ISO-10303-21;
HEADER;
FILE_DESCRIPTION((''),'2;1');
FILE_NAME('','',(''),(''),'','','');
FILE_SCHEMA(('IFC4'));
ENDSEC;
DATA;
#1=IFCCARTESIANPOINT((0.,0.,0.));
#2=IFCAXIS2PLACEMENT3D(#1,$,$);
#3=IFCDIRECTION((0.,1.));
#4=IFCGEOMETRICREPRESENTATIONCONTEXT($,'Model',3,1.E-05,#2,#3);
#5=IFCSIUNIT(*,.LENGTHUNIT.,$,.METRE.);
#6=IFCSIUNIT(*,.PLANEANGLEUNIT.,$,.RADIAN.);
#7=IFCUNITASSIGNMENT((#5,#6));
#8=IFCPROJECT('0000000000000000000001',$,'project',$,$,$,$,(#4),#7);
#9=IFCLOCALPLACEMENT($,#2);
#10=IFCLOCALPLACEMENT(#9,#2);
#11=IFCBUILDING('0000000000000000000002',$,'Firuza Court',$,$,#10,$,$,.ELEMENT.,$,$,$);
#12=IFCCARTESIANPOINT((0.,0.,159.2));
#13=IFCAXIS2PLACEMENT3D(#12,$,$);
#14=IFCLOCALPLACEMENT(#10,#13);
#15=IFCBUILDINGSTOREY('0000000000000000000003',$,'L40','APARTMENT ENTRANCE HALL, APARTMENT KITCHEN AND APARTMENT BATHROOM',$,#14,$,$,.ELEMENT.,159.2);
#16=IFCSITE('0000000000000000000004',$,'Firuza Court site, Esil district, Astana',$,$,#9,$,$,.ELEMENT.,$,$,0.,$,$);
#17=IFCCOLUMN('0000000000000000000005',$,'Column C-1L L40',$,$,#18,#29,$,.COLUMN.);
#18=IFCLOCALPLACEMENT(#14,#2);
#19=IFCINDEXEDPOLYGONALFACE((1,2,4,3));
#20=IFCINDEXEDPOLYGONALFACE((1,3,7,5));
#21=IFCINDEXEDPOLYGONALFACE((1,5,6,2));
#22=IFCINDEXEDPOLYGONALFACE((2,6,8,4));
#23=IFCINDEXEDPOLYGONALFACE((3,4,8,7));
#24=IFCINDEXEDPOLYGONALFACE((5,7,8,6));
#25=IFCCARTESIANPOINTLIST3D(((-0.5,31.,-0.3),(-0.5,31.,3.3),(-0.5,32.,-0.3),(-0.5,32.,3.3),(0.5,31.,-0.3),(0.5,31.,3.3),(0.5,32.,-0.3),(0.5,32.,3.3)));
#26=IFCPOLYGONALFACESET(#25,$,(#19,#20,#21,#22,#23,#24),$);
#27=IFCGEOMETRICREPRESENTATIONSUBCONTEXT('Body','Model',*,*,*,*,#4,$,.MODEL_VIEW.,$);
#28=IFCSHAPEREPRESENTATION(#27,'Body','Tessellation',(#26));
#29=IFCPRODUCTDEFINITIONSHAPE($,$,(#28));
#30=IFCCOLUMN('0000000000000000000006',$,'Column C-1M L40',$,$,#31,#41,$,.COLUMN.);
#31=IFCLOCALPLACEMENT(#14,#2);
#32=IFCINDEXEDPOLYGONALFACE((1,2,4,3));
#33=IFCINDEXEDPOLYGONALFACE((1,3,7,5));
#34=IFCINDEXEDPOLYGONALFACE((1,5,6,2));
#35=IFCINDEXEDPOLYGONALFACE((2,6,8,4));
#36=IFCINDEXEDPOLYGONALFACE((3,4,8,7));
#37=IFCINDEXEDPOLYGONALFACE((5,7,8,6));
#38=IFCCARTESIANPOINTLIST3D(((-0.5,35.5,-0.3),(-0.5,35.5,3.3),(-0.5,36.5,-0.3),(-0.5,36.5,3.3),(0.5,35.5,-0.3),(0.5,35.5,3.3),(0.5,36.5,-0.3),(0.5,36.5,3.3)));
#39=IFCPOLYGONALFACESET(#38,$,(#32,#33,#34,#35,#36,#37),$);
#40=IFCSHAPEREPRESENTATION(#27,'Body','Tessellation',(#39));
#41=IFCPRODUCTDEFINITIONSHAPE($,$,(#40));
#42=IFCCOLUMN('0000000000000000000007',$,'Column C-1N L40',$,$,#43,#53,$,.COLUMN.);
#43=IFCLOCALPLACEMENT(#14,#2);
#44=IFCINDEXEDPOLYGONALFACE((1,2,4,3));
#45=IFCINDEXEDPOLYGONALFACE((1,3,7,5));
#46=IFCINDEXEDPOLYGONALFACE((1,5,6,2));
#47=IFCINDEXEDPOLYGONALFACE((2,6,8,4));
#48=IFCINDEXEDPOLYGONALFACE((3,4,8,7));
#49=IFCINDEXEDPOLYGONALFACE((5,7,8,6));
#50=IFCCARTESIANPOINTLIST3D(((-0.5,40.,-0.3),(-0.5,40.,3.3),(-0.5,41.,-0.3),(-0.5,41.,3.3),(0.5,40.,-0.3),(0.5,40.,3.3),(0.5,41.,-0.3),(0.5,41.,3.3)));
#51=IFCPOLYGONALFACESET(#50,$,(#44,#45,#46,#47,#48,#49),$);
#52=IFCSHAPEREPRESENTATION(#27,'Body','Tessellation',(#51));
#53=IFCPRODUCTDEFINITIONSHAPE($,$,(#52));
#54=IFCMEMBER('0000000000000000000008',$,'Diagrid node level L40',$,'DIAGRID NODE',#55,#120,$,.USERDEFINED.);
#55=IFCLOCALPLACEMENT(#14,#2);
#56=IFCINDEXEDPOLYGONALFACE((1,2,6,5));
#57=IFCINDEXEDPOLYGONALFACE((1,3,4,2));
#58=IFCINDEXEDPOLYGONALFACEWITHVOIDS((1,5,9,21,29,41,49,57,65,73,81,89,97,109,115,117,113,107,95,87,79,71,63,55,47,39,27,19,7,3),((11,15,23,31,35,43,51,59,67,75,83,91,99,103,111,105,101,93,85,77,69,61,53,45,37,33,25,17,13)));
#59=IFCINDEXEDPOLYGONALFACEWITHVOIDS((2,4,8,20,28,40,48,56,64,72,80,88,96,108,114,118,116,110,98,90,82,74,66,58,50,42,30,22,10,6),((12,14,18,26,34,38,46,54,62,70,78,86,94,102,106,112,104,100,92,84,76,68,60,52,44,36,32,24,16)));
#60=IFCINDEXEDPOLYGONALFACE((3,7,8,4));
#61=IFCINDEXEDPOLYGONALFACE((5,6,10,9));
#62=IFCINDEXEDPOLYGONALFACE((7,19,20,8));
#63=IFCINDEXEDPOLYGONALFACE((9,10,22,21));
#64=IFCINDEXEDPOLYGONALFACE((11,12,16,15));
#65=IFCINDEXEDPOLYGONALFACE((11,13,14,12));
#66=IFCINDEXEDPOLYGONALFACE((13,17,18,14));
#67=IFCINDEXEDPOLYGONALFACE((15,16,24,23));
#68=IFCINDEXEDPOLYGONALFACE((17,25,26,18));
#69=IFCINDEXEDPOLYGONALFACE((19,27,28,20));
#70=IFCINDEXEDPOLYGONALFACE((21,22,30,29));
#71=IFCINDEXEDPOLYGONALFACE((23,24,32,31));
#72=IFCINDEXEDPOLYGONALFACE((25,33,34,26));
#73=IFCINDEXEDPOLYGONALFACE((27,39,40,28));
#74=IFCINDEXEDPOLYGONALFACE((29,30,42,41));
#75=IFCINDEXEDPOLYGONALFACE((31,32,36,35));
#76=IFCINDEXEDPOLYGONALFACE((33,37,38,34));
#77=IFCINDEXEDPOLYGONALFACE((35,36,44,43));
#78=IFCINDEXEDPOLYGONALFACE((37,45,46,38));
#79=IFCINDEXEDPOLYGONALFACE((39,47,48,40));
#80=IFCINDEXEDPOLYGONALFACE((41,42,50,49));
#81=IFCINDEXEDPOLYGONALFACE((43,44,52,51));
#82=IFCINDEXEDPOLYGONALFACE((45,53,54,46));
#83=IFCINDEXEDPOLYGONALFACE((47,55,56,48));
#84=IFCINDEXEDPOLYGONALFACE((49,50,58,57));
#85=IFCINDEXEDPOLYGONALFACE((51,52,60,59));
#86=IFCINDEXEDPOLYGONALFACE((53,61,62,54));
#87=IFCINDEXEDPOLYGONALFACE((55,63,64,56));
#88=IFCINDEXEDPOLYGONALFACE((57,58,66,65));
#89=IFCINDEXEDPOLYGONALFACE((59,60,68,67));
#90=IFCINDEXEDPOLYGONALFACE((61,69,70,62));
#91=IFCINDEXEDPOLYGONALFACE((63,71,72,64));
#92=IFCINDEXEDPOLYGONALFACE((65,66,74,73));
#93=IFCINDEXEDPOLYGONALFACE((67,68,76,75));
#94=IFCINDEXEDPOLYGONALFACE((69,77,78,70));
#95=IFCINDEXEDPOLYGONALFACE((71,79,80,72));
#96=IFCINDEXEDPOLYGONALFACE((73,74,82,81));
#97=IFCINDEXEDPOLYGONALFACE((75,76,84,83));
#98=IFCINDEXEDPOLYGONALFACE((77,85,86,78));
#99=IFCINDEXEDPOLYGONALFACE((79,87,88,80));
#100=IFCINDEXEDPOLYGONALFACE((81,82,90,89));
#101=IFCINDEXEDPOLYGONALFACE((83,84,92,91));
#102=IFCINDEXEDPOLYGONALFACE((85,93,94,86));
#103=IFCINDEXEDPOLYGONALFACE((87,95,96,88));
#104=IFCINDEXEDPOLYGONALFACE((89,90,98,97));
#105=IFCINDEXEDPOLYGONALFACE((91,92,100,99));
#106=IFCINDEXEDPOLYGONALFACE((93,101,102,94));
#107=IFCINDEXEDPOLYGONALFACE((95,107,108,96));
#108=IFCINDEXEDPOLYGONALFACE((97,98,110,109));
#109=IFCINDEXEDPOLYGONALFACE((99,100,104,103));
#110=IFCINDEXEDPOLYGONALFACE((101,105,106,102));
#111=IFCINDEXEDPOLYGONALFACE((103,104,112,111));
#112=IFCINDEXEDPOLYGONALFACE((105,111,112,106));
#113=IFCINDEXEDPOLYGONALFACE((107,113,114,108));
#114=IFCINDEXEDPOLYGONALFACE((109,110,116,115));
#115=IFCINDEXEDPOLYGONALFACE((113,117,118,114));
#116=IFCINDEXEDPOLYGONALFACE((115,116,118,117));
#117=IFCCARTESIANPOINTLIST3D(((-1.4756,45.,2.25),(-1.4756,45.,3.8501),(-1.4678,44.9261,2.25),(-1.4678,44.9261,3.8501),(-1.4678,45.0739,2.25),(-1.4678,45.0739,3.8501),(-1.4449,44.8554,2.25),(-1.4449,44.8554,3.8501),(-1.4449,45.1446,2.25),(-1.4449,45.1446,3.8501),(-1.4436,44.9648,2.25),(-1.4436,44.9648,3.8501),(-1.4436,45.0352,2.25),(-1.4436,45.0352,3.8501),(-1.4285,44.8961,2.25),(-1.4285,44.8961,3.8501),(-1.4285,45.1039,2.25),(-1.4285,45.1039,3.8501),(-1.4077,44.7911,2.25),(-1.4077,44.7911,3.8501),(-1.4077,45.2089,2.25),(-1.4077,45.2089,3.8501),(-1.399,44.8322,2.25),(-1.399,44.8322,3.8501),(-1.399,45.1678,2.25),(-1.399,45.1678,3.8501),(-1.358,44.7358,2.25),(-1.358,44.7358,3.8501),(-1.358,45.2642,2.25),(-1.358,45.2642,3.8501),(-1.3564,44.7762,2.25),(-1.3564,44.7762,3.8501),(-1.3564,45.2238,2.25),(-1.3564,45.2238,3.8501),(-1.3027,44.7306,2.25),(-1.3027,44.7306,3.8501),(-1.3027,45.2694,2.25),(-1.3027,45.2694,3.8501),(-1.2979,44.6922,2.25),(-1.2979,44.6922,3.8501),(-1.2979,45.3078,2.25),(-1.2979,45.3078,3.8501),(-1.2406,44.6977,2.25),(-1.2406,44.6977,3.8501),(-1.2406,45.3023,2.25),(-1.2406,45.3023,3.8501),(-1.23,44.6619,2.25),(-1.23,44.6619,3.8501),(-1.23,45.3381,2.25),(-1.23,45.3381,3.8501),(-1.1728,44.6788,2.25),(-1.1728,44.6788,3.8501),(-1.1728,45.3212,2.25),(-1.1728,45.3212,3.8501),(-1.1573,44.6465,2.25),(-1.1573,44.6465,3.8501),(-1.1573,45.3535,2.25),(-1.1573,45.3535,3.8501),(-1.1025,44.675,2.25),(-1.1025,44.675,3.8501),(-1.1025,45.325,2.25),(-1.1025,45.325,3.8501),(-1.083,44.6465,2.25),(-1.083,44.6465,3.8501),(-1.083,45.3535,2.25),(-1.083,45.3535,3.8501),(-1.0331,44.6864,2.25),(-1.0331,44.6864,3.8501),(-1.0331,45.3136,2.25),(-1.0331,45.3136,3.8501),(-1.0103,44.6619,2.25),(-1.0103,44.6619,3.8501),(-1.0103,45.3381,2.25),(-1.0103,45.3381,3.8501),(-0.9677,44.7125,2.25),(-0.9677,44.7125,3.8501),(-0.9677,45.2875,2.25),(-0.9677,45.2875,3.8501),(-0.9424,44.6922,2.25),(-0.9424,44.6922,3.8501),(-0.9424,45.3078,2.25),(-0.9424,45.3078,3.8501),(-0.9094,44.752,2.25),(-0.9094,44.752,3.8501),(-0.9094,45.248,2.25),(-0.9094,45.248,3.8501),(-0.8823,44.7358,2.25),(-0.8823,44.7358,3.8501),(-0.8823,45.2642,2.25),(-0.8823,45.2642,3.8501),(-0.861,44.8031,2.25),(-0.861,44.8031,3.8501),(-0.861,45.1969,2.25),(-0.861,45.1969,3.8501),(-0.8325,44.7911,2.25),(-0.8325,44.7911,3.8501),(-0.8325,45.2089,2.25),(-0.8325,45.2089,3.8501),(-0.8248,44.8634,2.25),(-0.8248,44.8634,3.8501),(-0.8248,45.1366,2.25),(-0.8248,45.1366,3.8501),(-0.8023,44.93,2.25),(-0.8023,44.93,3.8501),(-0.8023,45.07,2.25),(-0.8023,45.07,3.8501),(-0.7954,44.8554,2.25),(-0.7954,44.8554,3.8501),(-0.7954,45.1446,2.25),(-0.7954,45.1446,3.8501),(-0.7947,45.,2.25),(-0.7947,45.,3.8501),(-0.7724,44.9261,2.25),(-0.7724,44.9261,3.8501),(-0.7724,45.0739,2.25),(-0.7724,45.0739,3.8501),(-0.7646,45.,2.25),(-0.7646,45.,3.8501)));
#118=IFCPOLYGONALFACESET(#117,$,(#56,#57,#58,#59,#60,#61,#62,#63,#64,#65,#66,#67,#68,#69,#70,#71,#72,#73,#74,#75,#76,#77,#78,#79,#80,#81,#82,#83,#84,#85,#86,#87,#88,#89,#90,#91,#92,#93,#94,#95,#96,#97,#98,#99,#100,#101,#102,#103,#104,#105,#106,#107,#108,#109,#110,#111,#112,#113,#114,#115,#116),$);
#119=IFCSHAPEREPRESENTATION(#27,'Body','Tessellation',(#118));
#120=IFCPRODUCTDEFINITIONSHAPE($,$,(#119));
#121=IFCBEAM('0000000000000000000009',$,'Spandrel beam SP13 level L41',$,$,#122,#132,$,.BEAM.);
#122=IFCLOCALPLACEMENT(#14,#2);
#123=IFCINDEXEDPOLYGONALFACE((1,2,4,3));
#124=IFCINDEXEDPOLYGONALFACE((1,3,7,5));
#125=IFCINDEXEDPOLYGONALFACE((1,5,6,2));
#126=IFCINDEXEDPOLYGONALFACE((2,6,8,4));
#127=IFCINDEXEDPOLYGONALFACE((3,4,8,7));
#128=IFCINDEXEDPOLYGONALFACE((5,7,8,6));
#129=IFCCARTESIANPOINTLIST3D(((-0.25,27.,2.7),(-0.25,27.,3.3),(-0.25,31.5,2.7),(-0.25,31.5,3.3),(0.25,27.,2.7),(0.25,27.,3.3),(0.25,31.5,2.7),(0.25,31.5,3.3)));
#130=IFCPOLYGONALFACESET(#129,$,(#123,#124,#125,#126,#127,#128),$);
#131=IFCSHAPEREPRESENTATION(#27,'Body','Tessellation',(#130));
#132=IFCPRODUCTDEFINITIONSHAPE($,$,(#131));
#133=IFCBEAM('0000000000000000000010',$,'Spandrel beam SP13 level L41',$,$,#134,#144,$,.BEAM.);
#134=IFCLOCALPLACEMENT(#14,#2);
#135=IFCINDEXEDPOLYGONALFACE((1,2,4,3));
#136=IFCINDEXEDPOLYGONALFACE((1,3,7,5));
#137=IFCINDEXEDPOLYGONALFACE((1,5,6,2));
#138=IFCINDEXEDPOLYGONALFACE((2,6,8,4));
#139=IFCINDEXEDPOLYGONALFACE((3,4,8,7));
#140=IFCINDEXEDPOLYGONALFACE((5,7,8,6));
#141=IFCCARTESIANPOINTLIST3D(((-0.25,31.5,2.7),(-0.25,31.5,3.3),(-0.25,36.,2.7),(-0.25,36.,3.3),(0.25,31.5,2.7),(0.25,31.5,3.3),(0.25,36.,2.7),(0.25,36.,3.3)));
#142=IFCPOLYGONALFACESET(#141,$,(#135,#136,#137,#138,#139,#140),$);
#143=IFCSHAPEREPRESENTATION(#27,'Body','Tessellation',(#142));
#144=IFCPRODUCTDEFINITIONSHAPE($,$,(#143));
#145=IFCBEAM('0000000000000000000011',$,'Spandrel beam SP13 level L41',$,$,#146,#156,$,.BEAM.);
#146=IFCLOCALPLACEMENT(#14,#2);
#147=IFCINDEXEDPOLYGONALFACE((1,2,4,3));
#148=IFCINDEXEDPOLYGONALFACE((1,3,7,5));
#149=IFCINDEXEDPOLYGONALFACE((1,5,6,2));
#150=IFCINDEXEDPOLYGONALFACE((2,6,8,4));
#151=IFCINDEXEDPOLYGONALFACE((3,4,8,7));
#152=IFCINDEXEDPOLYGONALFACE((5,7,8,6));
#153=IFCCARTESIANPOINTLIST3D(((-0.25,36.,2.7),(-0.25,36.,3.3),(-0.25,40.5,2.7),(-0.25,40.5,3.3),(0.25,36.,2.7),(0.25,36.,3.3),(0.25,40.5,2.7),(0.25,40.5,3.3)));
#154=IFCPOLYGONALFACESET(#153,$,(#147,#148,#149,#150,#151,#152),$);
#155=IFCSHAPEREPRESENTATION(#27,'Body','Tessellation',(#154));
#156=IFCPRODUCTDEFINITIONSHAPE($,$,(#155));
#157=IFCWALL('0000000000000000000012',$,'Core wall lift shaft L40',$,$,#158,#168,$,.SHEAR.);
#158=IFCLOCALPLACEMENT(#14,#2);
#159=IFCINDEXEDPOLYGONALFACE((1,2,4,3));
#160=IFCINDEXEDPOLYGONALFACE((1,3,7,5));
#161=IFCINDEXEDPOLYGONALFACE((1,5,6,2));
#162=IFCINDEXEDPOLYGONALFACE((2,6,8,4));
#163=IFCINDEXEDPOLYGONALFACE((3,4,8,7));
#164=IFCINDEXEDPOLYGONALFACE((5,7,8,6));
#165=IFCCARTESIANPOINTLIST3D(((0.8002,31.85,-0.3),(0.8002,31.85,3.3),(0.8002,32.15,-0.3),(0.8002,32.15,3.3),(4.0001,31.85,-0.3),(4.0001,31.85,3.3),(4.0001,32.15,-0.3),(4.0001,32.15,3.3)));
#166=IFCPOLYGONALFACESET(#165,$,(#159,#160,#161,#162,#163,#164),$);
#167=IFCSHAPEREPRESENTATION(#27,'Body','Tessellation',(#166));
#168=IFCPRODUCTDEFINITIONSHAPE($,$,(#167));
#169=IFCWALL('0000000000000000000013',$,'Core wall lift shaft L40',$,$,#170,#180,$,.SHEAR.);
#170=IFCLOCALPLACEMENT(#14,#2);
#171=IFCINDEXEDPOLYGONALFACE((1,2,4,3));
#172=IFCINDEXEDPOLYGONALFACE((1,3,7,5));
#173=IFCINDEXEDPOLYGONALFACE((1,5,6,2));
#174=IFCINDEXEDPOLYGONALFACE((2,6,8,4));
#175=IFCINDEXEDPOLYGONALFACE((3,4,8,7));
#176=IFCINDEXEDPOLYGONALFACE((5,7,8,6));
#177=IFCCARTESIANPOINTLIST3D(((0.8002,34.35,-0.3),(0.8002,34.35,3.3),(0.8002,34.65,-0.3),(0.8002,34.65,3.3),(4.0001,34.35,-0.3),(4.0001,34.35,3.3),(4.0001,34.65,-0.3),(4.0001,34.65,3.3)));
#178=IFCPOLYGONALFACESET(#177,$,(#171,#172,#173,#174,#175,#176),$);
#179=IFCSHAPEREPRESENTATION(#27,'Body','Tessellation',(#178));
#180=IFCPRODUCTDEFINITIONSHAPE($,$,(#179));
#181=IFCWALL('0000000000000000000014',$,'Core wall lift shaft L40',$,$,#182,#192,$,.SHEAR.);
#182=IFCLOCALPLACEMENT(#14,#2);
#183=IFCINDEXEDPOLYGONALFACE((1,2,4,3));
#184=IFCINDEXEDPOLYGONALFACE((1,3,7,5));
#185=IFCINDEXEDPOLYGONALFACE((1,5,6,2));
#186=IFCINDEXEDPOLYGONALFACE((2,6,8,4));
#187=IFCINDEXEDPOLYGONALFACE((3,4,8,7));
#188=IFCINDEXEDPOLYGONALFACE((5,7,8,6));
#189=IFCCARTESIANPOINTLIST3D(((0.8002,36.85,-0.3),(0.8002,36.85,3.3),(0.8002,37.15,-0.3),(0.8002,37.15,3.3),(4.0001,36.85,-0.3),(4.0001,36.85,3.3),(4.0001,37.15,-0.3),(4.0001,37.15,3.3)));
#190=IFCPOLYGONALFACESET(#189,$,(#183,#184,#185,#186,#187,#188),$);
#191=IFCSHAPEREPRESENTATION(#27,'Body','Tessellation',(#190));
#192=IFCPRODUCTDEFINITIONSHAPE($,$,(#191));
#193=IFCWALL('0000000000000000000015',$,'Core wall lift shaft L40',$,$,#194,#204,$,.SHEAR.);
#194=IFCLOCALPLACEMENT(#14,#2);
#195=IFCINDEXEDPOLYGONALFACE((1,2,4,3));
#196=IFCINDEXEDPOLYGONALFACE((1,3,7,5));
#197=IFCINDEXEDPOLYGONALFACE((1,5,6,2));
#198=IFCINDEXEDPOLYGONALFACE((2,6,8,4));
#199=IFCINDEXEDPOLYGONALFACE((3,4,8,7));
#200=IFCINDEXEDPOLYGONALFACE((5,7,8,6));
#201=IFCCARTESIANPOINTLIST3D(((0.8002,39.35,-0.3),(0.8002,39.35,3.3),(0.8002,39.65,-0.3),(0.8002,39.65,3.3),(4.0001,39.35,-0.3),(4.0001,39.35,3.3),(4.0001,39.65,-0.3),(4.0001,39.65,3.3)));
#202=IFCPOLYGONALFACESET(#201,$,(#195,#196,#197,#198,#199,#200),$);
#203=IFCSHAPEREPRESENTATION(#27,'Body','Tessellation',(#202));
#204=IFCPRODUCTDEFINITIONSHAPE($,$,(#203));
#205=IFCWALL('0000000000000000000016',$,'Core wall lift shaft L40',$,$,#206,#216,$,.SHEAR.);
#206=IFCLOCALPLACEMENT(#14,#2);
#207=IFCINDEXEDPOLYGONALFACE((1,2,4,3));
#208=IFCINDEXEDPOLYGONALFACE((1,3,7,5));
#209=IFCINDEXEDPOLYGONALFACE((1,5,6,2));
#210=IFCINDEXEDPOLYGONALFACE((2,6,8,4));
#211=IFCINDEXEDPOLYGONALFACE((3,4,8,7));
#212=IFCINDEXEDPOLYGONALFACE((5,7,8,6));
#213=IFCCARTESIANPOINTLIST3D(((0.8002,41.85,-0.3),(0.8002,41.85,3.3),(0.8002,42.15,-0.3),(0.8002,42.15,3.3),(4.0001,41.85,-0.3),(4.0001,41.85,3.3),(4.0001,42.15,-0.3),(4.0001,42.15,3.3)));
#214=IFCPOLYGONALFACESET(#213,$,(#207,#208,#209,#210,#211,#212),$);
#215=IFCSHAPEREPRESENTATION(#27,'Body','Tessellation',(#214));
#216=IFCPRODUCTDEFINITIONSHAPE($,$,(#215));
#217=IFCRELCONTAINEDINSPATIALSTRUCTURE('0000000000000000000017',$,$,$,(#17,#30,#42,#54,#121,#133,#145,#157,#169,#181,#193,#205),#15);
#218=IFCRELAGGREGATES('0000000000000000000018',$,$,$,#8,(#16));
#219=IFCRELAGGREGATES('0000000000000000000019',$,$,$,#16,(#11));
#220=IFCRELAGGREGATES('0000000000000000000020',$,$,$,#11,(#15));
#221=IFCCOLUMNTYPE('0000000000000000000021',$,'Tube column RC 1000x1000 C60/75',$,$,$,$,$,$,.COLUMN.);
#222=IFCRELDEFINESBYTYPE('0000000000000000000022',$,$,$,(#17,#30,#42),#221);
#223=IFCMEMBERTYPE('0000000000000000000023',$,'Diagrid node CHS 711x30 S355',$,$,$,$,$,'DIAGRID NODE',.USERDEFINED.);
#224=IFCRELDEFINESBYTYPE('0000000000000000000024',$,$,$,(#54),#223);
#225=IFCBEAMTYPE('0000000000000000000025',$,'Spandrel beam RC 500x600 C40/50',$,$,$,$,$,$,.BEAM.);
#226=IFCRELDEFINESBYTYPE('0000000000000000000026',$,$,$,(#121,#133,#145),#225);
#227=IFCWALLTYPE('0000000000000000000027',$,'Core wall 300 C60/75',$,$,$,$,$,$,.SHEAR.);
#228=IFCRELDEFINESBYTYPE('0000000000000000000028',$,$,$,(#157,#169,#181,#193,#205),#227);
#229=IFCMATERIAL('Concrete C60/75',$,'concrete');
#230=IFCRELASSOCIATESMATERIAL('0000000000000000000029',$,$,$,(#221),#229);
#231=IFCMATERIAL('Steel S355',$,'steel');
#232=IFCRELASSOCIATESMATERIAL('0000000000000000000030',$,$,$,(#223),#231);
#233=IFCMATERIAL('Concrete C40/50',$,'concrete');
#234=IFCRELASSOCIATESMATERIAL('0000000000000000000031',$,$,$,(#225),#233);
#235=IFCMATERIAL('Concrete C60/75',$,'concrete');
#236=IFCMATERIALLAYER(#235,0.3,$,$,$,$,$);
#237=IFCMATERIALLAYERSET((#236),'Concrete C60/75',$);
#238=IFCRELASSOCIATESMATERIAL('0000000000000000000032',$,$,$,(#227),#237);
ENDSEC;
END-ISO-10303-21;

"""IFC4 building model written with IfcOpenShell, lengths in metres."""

from ifc_helpers import new_model, si_unit, direction, frame, frame_2d, origin, origin_2d, place, context, subcontext, project, spatial, rectangle, hollow_circle, extrude, material, layer, layer_set, material_profile, profile_set, type_object, element, save


model = new_model("IFC4")

# Units and contexts
model_context = context("Model", 3, precision=1e-05, world=origin(), true_north=direction((0.0, 1.0)))
body_context = subcontext(model_context, "Body", "Model", "MODEL_VIEW")
ifc_project = project(units=[si_unit("LENGTHUNIT", "METRE"), si_unit("PLANEANGLEUNIT", "RADIAN")], contexts=[model_context])

# Site, building, storey
site_placement = place(None, origin())
site = spatial("IfcSite", under=ifc_project, at=site_placement, Name="Firuza Court site, Esil district, Astana", CompositionType="ELEMENT", RefElevation=0.0)
building_placement = place(site_placement, origin())
building = spatial("IfcBuilding", under=site, at=building_placement, Name="Firuza Court", CompositionType="ELEMENT")
storey_placement = place(building_placement, frame((0.0, 0.0, 159.2)))
storey = spatial("IfcBuildingStorey", under=building, at=storey_placement, Name="L40", Description="APARTMENT ENTRANCE HALL, APARTMENT KITCHEN AND APARTMENT BATHROOM", CompositionType="ELEMENT", Elevation=159.2)

# Columns
ifc_material_1 = material(Name="Concrete C60/75", Category="concrete")
ifc_material_profile_1 = material_profile(ifc_material_1, rectangle(XDim=1.0, YDim=1.0, at=origin_2d()), Name="RC 1000x1000")
ifc_profile_set_1 = profile_set([ifc_material_profile_1], Name="Concrete C60/75")
column_type = type_object("IfcColumnType", Name="Tube column RC 1000x1000 C60/75", PredefinedType="COLUMN", material=ifc_profile_set_1)
for number, where, z_axis, x_axis, name in (
    (1, (0.0, 31.5, -0.3), (0.0, 0.0, 1.0), (1.0, 0.0, 0.0), "Column C-1L L40"),
    (2, (0.0, 36.0, -0.3), (0.0, 0.0, 1.0), (1.0, 0.0, 0.0), "Column C-1M L40"),
    (3, (0.0, 40.5, -0.3), (0.0, 0.0, 1.0), (1.0, 0.0, 0.0), "Column C-1N L40"),
):
    element("IfcColumn", number, at=place(storey_placement, frame(where, z_axis=z_axis, x_axis=x_axis)), inside=storey, type_object=column_type, Name=name, PredefinedType="COLUMN", context=body_context, shape_type="SweptSolid", body=[
        extrude(rectangle(XDim=1.0, YDim=1.0, at=origin_2d()), origin(), (0.0, 0.0, 1.0), 3.6001),
    ])

# Member
ifc_material_2 = material(Name="Steel S355", Category="steel")
ifc_material_profile_2 = material_profile(ifc_material_2, hollow_circle(Radius=0.3555, WallThickness=0.03, at=origin_2d()), Name="CHS 711x30")
ifc_profile_set_2 = profile_set([ifc_material_profile_2], Name="Steel S355")
member_type = type_object("IfcMemberType", Name="Diagrid node CHS 711x30 S355", ElementType="DIAGRID NODE", PredefinedType="USERDEFINED", material=ifc_profile_set_2)
member_placement = place(storey_placement, frame((-1.1201, 45.0, 2.25), z_axis=(0.0, 0.0, 1.0), x_axis=(1.0, 0.0, 0.0)))
element("IfcMember", 4, at=member_placement, inside=storey, type_object=member_type, Name="Diagrid node level L40", ObjectType="DIAGRID NODE", PredefinedType="USERDEFINED", context=body_context, shape_type="SweptSolid", body=[
    extrude(hollow_circle(Radius=0.3555, WallThickness=0.03, at=origin_2d()), origin(), (0.0, 0.0, 1.0), 1.6001),
])

# Beams
ifc_material_3 = material(Name="Concrete C40/50", Category="concrete")
ifc_material_profile_3 = material_profile(ifc_material_3, rectangle(XDim=0.5, YDim=0.6001, at=origin_2d()), Name="RC 500x600")
ifc_profile_set_3 = profile_set([ifc_material_profile_3], Name="Concrete C40/50")
beam_type = type_object("IfcBeamType", Name="Spandrel beam RC 500x600 C40/50", PredefinedType="BEAM", material=ifc_profile_set_3)
for number, where, z_axis, x_axis, name in (
    (5, (0.0, 31.5, 3.0), (0.0, -1.0, 0.0), (1.0, 0.0, 0.0), "Spandrel beam SP13 level L41"),
    (6, (0.0, 36.0, 3.0), (0.0, -1.0, 0.0), (1.0, 0.0, 0.0), "Spandrel beam SP13 level L41"),
    (7, (0.0, 40.5, 3.0), (0.0, -1.0, 0.0), (1.0, 0.0, 0.0), "Spandrel beam SP13 level L41"),
):
    element("IfcBeam", number, at=place(storey_placement, frame(where, z_axis=z_axis, x_axis=x_axis)), inside=storey, type_object=beam_type, Name=name, PredefinedType="BEAM", context=body_context, shape_type="SweptSolid", body=[
        extrude(rectangle(XDim=0.5, YDim=0.6001, at=origin_2d()), origin(), (0.0, 0.0, 1.0), 4.5),
    ])

# Walls
ifc_material_4 = material(Name="Concrete C60/75", Category="concrete")
ifc_layer = layer(ifc_material_4, 0.3)
ifc_layer_set = layer_set([ifc_layer], Name="Concrete C60/75")
wall_type = type_object("IfcWallType", Name="Core wall 300 C60/75", PredefinedType="SHEAR", material=ifc_layer_set)
for number, where, z_axis, x_axis, name in (
    (8, (0.8, 32.0, -0.3), (0.0, 0.0, 1.0), (1.0, 0.0, 0.0), "Core wall lift shaft L40"),
    (9, (0.8, 34.5, -0.3), (0.0, 0.0, 1.0), (1.0, 0.0, 0.0), "Core wall lift shaft L40"),
    (10, (0.8, 37.0, -0.3), (0.0, 0.0, 1.0), (1.0, 0.0, 0.0), "Core wall lift shaft L40"),
    (11, (0.8, 39.5, -0.3), (0.0, 0.0, 1.0), (1.0, 0.0, 0.0), "Core wall lift shaft L40"),
    (12, (0.8, 42.0, -0.3), (0.0, 0.0, 1.0), (1.0, 0.0, 0.0), "Core wall lift shaft L40"),
):
    element("IfcWall", number, at=place(storey_placement, frame(where, z_axis=z_axis, x_axis=x_axis)), inside=storey, type_object=wall_type, Name=name, PredefinedType="SHEAR", context=body_context, shape_type="SweptSolid", body=[
        extrude(rectangle(XDim=3.2, YDim=0.3, at=frame_2d((1.6001, 0.0))), origin(), (0.0, 0.0, 1.0), 3.6001),
    ])

save(model, "model.ifc")
